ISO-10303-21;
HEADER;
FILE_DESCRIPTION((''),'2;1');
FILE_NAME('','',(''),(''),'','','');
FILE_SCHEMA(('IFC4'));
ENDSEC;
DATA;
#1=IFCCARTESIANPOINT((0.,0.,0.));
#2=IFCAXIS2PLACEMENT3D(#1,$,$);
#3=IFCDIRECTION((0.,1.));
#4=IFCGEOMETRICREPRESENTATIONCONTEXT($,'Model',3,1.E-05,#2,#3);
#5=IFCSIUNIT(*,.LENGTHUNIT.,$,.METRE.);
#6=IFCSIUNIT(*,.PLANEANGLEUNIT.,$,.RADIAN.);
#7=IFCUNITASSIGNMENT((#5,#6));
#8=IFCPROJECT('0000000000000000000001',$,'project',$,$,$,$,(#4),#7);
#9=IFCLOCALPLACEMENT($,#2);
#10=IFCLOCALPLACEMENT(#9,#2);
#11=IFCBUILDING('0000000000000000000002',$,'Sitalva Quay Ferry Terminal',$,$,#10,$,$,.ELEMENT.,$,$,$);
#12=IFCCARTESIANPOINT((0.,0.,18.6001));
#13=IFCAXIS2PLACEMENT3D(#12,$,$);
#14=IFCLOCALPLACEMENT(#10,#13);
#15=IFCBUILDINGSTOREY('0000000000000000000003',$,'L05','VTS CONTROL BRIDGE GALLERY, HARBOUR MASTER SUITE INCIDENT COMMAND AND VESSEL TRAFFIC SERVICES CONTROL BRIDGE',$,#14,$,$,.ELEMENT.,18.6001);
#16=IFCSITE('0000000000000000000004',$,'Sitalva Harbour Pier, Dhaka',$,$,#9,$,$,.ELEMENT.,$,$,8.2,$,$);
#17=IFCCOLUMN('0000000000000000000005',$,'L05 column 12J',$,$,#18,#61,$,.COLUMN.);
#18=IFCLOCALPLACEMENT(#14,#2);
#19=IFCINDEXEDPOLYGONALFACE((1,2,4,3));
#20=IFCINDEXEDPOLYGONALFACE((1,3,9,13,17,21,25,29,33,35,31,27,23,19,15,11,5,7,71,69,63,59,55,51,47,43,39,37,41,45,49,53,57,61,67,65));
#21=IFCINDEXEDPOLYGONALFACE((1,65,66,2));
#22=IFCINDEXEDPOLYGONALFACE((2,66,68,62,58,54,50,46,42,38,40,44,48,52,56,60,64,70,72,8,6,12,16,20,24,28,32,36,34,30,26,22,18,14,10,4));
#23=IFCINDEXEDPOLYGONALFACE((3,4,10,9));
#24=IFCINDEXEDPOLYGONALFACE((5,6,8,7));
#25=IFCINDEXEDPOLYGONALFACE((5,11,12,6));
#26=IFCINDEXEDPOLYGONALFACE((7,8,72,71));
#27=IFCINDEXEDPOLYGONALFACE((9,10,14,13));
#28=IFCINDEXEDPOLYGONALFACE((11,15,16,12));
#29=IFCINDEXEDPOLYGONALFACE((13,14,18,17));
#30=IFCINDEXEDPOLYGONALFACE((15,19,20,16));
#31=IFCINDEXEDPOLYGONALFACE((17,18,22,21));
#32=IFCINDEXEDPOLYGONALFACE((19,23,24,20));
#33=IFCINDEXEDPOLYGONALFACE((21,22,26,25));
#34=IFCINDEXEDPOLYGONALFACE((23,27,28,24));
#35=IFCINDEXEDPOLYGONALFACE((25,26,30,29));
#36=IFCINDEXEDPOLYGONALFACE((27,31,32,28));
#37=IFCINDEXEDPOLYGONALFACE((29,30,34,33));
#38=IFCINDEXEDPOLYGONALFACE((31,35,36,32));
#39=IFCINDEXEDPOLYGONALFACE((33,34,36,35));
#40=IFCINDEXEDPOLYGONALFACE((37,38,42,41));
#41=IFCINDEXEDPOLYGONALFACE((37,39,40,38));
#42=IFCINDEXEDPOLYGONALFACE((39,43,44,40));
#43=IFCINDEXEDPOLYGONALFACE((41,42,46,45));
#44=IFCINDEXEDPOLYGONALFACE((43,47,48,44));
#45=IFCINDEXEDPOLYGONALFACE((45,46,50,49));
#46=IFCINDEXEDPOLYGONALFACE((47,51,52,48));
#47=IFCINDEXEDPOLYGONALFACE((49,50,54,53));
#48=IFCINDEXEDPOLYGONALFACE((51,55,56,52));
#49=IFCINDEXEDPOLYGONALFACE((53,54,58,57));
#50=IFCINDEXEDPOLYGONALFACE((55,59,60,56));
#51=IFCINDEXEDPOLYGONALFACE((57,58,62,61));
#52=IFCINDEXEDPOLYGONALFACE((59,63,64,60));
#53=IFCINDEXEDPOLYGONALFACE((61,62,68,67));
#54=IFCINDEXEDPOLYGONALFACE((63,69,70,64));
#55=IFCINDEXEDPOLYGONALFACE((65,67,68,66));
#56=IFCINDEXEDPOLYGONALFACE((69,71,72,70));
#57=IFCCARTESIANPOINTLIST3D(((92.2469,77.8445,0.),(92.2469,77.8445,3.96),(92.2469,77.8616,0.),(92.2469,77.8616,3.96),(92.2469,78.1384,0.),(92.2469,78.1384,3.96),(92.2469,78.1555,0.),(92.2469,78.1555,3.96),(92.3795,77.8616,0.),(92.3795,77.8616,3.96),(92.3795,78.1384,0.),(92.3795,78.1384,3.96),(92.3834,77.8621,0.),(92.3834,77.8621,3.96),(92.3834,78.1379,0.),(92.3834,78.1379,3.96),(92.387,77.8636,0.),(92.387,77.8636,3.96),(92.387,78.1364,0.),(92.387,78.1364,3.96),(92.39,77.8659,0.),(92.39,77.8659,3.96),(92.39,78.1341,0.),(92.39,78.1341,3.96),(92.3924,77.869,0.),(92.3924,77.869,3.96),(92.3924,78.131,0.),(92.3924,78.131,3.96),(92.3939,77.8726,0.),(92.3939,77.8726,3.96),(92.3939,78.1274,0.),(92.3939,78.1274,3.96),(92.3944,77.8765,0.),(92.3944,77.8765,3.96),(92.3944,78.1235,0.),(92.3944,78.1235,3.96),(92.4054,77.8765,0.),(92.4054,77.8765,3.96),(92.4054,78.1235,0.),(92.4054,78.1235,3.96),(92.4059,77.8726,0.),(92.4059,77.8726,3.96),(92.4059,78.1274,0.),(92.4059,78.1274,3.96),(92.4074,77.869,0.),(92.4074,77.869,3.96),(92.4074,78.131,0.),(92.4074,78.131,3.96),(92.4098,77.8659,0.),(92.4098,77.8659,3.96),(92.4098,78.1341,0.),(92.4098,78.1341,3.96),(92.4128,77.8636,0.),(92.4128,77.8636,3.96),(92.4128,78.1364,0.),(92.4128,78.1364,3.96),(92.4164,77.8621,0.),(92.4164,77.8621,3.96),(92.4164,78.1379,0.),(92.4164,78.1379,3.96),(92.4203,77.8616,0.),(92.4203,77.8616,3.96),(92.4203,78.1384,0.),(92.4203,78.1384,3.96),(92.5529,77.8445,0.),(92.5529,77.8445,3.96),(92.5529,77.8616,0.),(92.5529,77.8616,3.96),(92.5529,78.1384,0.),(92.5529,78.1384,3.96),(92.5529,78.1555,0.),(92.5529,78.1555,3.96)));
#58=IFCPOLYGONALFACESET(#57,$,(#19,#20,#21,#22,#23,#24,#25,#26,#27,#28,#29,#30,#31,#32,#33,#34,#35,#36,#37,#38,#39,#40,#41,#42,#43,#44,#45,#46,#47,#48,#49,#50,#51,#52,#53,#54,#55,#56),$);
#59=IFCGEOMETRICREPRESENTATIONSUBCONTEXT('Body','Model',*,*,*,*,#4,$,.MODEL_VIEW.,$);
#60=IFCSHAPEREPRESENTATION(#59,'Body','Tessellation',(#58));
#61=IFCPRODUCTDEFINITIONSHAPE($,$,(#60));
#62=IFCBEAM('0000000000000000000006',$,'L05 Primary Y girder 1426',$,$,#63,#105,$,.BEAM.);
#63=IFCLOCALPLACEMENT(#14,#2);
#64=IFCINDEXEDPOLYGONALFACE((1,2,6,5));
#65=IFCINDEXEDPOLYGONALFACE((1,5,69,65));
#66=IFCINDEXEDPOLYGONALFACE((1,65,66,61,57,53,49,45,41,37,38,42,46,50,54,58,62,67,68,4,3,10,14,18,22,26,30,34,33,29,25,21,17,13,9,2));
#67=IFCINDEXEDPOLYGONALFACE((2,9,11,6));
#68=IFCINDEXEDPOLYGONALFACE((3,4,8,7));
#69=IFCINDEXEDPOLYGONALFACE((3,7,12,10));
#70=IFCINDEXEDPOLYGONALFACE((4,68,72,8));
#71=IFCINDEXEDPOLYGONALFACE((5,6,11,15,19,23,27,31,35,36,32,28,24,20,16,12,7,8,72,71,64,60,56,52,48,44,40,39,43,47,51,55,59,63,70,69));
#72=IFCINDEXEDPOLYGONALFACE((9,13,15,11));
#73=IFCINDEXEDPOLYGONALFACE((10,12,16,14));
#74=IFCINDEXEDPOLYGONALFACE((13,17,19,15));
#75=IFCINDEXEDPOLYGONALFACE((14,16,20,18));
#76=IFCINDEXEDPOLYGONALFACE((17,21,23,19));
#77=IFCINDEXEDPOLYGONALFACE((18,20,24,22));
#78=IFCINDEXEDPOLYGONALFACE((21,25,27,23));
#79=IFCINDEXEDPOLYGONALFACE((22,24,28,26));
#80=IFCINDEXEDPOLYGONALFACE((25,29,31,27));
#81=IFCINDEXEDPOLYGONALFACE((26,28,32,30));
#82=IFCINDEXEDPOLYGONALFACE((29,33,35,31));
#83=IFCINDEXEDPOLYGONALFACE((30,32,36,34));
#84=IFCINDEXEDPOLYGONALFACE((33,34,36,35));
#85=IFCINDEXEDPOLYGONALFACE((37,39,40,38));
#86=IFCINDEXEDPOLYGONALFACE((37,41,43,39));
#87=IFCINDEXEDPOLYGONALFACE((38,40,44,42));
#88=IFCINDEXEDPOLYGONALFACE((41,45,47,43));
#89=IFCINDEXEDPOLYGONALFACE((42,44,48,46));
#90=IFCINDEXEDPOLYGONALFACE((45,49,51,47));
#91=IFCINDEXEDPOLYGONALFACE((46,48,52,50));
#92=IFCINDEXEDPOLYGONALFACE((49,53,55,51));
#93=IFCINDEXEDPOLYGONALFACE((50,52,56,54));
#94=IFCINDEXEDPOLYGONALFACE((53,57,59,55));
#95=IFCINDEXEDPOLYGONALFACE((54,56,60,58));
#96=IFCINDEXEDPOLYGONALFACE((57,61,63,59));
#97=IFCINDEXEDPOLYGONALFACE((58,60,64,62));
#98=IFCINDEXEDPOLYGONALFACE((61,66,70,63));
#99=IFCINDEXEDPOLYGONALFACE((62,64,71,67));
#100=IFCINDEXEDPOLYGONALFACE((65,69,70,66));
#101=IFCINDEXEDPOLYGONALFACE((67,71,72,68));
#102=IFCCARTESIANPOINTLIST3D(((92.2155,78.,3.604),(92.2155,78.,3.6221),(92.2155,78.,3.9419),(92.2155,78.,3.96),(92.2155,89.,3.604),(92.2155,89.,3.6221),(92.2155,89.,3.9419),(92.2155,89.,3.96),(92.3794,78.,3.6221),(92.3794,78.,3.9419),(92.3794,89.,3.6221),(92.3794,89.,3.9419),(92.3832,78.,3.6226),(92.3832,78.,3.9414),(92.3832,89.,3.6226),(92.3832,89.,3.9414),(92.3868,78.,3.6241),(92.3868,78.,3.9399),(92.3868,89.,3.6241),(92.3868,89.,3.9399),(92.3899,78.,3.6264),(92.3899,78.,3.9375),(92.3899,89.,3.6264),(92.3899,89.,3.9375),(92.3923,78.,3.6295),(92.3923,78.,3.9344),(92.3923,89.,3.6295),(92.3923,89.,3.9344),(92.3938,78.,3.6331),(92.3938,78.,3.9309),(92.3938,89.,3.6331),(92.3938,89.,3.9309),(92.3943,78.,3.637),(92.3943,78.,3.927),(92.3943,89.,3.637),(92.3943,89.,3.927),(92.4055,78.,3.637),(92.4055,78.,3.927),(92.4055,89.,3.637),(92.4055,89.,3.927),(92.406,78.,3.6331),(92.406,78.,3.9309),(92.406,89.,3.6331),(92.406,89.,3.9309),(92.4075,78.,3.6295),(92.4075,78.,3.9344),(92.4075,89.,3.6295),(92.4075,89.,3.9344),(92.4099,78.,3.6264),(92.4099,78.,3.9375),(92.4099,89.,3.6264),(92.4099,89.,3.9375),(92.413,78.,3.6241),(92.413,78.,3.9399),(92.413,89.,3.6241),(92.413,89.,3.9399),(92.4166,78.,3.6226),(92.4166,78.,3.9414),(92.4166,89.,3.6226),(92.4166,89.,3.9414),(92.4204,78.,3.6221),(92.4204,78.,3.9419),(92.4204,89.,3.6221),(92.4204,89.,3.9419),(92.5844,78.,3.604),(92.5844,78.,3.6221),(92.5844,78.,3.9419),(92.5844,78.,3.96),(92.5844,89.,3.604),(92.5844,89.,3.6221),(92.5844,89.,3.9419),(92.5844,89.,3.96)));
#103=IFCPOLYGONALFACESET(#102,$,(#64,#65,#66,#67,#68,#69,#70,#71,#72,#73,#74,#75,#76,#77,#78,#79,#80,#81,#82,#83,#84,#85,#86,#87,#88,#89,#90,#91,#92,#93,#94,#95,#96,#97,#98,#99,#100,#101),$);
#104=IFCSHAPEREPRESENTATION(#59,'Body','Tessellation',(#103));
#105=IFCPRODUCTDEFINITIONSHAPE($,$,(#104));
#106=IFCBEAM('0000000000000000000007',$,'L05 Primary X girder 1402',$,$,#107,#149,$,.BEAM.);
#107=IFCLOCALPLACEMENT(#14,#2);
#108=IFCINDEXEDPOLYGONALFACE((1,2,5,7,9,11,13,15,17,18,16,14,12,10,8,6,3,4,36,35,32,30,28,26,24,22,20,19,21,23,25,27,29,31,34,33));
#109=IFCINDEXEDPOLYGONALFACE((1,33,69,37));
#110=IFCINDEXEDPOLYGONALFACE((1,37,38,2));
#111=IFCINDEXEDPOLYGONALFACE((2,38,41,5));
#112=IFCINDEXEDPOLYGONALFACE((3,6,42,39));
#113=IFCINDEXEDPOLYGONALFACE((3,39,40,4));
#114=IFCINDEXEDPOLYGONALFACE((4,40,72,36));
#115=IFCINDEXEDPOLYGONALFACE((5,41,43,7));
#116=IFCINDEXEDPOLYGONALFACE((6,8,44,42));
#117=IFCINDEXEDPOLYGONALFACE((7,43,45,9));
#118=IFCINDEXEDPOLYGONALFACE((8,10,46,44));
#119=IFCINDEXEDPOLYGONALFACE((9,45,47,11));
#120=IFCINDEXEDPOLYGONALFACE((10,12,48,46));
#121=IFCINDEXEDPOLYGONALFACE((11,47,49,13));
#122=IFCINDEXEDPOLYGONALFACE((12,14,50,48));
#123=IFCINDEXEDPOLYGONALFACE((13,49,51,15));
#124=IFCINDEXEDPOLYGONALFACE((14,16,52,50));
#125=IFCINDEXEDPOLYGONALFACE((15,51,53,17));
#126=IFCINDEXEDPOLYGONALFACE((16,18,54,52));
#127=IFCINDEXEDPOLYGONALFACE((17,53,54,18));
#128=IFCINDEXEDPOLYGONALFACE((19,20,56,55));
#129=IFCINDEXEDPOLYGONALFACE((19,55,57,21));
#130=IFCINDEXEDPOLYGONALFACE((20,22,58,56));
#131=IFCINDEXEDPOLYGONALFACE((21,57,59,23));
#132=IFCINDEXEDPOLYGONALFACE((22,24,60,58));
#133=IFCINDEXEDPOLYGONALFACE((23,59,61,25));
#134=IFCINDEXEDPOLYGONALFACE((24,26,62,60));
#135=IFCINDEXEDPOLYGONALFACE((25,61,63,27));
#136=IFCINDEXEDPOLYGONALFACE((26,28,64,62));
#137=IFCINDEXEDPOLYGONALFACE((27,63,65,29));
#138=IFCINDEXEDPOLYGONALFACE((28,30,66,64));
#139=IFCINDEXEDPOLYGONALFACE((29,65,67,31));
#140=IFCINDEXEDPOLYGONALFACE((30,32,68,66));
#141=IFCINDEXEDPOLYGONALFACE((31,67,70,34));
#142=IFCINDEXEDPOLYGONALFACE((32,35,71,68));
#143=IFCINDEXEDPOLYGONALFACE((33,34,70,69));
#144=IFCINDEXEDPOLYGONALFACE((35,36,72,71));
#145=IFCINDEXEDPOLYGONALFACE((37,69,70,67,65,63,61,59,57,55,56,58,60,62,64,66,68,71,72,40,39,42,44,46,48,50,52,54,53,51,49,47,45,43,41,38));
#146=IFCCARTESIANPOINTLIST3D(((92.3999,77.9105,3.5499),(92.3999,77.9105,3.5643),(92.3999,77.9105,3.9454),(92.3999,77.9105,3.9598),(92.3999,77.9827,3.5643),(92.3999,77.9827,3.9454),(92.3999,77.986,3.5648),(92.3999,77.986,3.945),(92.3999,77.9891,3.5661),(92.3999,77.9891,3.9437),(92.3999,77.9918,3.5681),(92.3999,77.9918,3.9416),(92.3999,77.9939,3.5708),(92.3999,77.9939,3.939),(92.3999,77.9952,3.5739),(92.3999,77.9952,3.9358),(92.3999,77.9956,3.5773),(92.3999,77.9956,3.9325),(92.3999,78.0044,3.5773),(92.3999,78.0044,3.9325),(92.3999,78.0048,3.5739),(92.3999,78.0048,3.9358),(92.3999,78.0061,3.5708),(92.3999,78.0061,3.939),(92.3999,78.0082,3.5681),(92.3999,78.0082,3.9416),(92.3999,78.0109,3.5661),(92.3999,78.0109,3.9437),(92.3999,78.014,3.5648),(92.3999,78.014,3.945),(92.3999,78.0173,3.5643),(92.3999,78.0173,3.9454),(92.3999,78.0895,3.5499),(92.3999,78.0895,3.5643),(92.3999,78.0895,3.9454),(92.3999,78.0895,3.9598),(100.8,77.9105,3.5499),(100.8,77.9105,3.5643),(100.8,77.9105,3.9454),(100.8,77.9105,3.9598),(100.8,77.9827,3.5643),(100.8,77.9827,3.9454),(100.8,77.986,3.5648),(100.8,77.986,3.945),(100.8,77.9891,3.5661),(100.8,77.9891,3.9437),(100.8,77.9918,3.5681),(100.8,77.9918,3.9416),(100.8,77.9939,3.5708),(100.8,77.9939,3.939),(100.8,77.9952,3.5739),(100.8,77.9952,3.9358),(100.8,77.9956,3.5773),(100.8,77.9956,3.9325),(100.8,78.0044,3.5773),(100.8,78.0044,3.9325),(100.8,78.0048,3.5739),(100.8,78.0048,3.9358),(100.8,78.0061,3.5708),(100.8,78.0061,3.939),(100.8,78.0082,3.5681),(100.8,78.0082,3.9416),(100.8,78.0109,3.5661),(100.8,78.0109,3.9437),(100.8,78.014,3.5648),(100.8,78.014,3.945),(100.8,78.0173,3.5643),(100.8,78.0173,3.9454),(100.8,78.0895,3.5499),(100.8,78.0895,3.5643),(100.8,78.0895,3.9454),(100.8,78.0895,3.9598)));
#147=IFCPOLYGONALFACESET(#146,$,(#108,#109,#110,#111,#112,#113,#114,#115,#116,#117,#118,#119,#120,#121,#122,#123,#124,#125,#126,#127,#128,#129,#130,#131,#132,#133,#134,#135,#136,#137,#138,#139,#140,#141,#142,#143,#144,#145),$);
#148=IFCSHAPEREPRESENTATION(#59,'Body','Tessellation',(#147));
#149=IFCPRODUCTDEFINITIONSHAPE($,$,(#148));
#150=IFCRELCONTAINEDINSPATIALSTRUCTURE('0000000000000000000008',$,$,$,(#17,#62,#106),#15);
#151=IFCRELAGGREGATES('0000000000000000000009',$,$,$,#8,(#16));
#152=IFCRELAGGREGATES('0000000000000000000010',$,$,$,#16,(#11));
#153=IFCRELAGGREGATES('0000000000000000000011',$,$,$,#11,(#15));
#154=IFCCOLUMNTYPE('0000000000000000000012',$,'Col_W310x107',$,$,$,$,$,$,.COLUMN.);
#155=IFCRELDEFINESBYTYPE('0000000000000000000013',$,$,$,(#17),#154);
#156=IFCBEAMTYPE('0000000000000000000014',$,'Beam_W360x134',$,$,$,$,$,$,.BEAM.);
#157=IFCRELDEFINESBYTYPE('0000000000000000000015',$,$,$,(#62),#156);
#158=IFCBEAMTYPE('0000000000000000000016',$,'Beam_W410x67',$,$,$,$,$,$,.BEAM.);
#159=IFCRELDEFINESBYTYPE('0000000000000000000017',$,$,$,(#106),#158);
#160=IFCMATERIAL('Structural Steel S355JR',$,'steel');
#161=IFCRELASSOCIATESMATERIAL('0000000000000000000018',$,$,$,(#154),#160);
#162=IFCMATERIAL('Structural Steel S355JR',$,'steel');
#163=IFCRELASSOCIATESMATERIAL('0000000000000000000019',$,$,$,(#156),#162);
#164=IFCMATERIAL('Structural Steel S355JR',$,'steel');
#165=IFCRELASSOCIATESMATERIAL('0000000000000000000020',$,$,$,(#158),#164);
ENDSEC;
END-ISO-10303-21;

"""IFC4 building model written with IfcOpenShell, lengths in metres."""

from ifc_helpers import new_model, si_unit, direction, frame, origin, origin_2d, place, context, subcontext, project, spatial, i_section, extrude, material, material_profile, profile_set, type_object, element, save


model = new_model("IFC4")

# Units and contexts
model_context = context("Model", 3, precision=1e-05, world=origin(), true_north=direction((0.0, 1.0)))
body_context = subcontext(model_context, "Body", "Model", "MODEL_VIEW")
ifc_project = project(units=[si_unit("LENGTHUNIT", "METRE"), si_unit("PLANEANGLEUNIT", "RADIAN")], contexts=[model_context])

# Site, building, storey
site_placement = place(None, origin())
site = spatial("IfcSite", under=ifc_project, at=site_placement, Name="Sitalva Harbour Pier, Dhaka", CompositionType="ELEMENT", RefElevation=8.2)
building_placement = place(site_placement, origin())
building = spatial("IfcBuilding", under=site, at=building_placement, Name="Sitalva Quay Ferry Terminal", CompositionType="ELEMENT")
storey_placement = place(building_placement, frame((0.0, 0.0, 18.6001)))
storey = spatial("IfcBuildingStorey", under=building, at=storey_placement, Name="L05", Description="VTS CONTROL BRIDGE GALLERY, HARBOUR MASTER SUITE INCIDENT COMMAND AND VESSEL TRAFFIC SERVICES CONTROL BRIDGE", CompositionType="ELEMENT", Elevation=18.6001)

# Column
ifc_material_1 = material(Name="Structural Steel S355JR", Category="steel")
ifc_material_profile_1 = material_profile(ifc_material_1, i_section(OverallWidth=0.3059, OverallDepth=0.311, WebThickness=0.011, FlangeThickness=0.0171, FilletRadius=0.0149, at=origin_2d()), Name="W310x107")
ifc_profile_set_1 = profile_set([ifc_material_profile_1], Name="Structural Steel S355JR")
column_type = type_object("IfcColumnType", Name="Col_W310x107", PredefinedType="COLUMN", material=ifc_profile_set_1)
column_placement = place(storey_placement, frame((92.3999, 78.0, 0.0), z_axis=(0.0, 0.0, 1.0), x_axis=(1.0, 0.0, 0.0)))
element("IfcColumn", 1, at=column_placement, inside=storey, type_object=column_type, Name="L05 column 12J", PredefinedType="COLUMN", context=body_context, shape_type="SweptSolid", body=[
    extrude(i_section(OverallWidth=0.3059, OverallDepth=0.311, WebThickness=0.011, FlangeThickness=0.0171, FilletRadius=0.0149, at=origin_2d()), origin(), (0.0, 0.0, 1.0), 3.96),
])

# Beams
ifc_material_2 = material(Name="Structural Steel S355JR", Category="steel")
ifc_material_profile_2 = material_profile(ifc_material_2, i_section(OverallWidth=0.3689, OverallDepth=0.356, WebThickness=0.0112, FlangeThickness=0.0181, FilletRadius=0.0149, at=origin_2d()), Name="W360x134")
ifc_profile_set_2 = profile_set([ifc_material_profile_2], Name="Structural Steel S355JR")
beam_type_1 = type_object("IfcBeamType", Name="Beam_W360x134", PredefinedType="BEAM", material=ifc_profile_set_2)
beam_1_placement = place(storey_placement, frame((92.3999, 78.0, 3.782), z_axis=(0.0, 1.0, 0.0), x_axis=(-1.0, 0.0, 0.0)))
element("IfcBeam", 2, at=beam_1_placement, inside=storey, type_object=beam_type_1, Name="L05 Primary Y girder 1426", PredefinedType="BEAM", context=body_context, shape_type="SweptSolid", body=[
    extrude(i_section(OverallWidth=0.3689, OverallDepth=0.356, WebThickness=0.0112, FlangeThickness=0.0181, FilletRadius=0.0149, at=origin_2d()), origin(), (0.0, 0.0, 1.0), 11.0),
])
ifc_material_3 = material(Name="Structural Steel S355JR", Category="steel")
ifc_material_profile_3 = material_profile(ifc_material_3, i_section(OverallWidth=0.179, OverallDepth=0.4099, WebThickness=0.0088, FlangeThickness=0.0144, FilletRadius=0.0129, at=origin_2d()), Name="W410x67")
ifc_profile_set_3 = profile_set([ifc_material_profile_3], Name="Structural Steel S355JR")
beam_type_2 = type_object("IfcBeamType", Name="Beam_W410x67", PredefinedType="BEAM", material=ifc_profile_set_3)
beam_2_placement = place(storey_placement, frame((92.3999, 78.0, 3.7549), z_axis=(1.0, 0.0, 0.0), x_axis=(0.0, 1.0, 0.0)))
element("IfcBeam", 3, at=beam_2_placement, inside=storey, type_object=beam_type_2, Name="L05 Primary X girder 1402", PredefinedType="BEAM", context=body_context, shape_type="SweptSolid", body=[
    extrude(i_section(OverallWidth=0.179, OverallDepth=0.4099, WebThickness=0.0088, FlangeThickness=0.0144, FilletRadius=0.0129, at=origin_2d()), origin(), (0.0, 0.0, 1.0), 8.4001),
])

save(model, "model.ifc")
